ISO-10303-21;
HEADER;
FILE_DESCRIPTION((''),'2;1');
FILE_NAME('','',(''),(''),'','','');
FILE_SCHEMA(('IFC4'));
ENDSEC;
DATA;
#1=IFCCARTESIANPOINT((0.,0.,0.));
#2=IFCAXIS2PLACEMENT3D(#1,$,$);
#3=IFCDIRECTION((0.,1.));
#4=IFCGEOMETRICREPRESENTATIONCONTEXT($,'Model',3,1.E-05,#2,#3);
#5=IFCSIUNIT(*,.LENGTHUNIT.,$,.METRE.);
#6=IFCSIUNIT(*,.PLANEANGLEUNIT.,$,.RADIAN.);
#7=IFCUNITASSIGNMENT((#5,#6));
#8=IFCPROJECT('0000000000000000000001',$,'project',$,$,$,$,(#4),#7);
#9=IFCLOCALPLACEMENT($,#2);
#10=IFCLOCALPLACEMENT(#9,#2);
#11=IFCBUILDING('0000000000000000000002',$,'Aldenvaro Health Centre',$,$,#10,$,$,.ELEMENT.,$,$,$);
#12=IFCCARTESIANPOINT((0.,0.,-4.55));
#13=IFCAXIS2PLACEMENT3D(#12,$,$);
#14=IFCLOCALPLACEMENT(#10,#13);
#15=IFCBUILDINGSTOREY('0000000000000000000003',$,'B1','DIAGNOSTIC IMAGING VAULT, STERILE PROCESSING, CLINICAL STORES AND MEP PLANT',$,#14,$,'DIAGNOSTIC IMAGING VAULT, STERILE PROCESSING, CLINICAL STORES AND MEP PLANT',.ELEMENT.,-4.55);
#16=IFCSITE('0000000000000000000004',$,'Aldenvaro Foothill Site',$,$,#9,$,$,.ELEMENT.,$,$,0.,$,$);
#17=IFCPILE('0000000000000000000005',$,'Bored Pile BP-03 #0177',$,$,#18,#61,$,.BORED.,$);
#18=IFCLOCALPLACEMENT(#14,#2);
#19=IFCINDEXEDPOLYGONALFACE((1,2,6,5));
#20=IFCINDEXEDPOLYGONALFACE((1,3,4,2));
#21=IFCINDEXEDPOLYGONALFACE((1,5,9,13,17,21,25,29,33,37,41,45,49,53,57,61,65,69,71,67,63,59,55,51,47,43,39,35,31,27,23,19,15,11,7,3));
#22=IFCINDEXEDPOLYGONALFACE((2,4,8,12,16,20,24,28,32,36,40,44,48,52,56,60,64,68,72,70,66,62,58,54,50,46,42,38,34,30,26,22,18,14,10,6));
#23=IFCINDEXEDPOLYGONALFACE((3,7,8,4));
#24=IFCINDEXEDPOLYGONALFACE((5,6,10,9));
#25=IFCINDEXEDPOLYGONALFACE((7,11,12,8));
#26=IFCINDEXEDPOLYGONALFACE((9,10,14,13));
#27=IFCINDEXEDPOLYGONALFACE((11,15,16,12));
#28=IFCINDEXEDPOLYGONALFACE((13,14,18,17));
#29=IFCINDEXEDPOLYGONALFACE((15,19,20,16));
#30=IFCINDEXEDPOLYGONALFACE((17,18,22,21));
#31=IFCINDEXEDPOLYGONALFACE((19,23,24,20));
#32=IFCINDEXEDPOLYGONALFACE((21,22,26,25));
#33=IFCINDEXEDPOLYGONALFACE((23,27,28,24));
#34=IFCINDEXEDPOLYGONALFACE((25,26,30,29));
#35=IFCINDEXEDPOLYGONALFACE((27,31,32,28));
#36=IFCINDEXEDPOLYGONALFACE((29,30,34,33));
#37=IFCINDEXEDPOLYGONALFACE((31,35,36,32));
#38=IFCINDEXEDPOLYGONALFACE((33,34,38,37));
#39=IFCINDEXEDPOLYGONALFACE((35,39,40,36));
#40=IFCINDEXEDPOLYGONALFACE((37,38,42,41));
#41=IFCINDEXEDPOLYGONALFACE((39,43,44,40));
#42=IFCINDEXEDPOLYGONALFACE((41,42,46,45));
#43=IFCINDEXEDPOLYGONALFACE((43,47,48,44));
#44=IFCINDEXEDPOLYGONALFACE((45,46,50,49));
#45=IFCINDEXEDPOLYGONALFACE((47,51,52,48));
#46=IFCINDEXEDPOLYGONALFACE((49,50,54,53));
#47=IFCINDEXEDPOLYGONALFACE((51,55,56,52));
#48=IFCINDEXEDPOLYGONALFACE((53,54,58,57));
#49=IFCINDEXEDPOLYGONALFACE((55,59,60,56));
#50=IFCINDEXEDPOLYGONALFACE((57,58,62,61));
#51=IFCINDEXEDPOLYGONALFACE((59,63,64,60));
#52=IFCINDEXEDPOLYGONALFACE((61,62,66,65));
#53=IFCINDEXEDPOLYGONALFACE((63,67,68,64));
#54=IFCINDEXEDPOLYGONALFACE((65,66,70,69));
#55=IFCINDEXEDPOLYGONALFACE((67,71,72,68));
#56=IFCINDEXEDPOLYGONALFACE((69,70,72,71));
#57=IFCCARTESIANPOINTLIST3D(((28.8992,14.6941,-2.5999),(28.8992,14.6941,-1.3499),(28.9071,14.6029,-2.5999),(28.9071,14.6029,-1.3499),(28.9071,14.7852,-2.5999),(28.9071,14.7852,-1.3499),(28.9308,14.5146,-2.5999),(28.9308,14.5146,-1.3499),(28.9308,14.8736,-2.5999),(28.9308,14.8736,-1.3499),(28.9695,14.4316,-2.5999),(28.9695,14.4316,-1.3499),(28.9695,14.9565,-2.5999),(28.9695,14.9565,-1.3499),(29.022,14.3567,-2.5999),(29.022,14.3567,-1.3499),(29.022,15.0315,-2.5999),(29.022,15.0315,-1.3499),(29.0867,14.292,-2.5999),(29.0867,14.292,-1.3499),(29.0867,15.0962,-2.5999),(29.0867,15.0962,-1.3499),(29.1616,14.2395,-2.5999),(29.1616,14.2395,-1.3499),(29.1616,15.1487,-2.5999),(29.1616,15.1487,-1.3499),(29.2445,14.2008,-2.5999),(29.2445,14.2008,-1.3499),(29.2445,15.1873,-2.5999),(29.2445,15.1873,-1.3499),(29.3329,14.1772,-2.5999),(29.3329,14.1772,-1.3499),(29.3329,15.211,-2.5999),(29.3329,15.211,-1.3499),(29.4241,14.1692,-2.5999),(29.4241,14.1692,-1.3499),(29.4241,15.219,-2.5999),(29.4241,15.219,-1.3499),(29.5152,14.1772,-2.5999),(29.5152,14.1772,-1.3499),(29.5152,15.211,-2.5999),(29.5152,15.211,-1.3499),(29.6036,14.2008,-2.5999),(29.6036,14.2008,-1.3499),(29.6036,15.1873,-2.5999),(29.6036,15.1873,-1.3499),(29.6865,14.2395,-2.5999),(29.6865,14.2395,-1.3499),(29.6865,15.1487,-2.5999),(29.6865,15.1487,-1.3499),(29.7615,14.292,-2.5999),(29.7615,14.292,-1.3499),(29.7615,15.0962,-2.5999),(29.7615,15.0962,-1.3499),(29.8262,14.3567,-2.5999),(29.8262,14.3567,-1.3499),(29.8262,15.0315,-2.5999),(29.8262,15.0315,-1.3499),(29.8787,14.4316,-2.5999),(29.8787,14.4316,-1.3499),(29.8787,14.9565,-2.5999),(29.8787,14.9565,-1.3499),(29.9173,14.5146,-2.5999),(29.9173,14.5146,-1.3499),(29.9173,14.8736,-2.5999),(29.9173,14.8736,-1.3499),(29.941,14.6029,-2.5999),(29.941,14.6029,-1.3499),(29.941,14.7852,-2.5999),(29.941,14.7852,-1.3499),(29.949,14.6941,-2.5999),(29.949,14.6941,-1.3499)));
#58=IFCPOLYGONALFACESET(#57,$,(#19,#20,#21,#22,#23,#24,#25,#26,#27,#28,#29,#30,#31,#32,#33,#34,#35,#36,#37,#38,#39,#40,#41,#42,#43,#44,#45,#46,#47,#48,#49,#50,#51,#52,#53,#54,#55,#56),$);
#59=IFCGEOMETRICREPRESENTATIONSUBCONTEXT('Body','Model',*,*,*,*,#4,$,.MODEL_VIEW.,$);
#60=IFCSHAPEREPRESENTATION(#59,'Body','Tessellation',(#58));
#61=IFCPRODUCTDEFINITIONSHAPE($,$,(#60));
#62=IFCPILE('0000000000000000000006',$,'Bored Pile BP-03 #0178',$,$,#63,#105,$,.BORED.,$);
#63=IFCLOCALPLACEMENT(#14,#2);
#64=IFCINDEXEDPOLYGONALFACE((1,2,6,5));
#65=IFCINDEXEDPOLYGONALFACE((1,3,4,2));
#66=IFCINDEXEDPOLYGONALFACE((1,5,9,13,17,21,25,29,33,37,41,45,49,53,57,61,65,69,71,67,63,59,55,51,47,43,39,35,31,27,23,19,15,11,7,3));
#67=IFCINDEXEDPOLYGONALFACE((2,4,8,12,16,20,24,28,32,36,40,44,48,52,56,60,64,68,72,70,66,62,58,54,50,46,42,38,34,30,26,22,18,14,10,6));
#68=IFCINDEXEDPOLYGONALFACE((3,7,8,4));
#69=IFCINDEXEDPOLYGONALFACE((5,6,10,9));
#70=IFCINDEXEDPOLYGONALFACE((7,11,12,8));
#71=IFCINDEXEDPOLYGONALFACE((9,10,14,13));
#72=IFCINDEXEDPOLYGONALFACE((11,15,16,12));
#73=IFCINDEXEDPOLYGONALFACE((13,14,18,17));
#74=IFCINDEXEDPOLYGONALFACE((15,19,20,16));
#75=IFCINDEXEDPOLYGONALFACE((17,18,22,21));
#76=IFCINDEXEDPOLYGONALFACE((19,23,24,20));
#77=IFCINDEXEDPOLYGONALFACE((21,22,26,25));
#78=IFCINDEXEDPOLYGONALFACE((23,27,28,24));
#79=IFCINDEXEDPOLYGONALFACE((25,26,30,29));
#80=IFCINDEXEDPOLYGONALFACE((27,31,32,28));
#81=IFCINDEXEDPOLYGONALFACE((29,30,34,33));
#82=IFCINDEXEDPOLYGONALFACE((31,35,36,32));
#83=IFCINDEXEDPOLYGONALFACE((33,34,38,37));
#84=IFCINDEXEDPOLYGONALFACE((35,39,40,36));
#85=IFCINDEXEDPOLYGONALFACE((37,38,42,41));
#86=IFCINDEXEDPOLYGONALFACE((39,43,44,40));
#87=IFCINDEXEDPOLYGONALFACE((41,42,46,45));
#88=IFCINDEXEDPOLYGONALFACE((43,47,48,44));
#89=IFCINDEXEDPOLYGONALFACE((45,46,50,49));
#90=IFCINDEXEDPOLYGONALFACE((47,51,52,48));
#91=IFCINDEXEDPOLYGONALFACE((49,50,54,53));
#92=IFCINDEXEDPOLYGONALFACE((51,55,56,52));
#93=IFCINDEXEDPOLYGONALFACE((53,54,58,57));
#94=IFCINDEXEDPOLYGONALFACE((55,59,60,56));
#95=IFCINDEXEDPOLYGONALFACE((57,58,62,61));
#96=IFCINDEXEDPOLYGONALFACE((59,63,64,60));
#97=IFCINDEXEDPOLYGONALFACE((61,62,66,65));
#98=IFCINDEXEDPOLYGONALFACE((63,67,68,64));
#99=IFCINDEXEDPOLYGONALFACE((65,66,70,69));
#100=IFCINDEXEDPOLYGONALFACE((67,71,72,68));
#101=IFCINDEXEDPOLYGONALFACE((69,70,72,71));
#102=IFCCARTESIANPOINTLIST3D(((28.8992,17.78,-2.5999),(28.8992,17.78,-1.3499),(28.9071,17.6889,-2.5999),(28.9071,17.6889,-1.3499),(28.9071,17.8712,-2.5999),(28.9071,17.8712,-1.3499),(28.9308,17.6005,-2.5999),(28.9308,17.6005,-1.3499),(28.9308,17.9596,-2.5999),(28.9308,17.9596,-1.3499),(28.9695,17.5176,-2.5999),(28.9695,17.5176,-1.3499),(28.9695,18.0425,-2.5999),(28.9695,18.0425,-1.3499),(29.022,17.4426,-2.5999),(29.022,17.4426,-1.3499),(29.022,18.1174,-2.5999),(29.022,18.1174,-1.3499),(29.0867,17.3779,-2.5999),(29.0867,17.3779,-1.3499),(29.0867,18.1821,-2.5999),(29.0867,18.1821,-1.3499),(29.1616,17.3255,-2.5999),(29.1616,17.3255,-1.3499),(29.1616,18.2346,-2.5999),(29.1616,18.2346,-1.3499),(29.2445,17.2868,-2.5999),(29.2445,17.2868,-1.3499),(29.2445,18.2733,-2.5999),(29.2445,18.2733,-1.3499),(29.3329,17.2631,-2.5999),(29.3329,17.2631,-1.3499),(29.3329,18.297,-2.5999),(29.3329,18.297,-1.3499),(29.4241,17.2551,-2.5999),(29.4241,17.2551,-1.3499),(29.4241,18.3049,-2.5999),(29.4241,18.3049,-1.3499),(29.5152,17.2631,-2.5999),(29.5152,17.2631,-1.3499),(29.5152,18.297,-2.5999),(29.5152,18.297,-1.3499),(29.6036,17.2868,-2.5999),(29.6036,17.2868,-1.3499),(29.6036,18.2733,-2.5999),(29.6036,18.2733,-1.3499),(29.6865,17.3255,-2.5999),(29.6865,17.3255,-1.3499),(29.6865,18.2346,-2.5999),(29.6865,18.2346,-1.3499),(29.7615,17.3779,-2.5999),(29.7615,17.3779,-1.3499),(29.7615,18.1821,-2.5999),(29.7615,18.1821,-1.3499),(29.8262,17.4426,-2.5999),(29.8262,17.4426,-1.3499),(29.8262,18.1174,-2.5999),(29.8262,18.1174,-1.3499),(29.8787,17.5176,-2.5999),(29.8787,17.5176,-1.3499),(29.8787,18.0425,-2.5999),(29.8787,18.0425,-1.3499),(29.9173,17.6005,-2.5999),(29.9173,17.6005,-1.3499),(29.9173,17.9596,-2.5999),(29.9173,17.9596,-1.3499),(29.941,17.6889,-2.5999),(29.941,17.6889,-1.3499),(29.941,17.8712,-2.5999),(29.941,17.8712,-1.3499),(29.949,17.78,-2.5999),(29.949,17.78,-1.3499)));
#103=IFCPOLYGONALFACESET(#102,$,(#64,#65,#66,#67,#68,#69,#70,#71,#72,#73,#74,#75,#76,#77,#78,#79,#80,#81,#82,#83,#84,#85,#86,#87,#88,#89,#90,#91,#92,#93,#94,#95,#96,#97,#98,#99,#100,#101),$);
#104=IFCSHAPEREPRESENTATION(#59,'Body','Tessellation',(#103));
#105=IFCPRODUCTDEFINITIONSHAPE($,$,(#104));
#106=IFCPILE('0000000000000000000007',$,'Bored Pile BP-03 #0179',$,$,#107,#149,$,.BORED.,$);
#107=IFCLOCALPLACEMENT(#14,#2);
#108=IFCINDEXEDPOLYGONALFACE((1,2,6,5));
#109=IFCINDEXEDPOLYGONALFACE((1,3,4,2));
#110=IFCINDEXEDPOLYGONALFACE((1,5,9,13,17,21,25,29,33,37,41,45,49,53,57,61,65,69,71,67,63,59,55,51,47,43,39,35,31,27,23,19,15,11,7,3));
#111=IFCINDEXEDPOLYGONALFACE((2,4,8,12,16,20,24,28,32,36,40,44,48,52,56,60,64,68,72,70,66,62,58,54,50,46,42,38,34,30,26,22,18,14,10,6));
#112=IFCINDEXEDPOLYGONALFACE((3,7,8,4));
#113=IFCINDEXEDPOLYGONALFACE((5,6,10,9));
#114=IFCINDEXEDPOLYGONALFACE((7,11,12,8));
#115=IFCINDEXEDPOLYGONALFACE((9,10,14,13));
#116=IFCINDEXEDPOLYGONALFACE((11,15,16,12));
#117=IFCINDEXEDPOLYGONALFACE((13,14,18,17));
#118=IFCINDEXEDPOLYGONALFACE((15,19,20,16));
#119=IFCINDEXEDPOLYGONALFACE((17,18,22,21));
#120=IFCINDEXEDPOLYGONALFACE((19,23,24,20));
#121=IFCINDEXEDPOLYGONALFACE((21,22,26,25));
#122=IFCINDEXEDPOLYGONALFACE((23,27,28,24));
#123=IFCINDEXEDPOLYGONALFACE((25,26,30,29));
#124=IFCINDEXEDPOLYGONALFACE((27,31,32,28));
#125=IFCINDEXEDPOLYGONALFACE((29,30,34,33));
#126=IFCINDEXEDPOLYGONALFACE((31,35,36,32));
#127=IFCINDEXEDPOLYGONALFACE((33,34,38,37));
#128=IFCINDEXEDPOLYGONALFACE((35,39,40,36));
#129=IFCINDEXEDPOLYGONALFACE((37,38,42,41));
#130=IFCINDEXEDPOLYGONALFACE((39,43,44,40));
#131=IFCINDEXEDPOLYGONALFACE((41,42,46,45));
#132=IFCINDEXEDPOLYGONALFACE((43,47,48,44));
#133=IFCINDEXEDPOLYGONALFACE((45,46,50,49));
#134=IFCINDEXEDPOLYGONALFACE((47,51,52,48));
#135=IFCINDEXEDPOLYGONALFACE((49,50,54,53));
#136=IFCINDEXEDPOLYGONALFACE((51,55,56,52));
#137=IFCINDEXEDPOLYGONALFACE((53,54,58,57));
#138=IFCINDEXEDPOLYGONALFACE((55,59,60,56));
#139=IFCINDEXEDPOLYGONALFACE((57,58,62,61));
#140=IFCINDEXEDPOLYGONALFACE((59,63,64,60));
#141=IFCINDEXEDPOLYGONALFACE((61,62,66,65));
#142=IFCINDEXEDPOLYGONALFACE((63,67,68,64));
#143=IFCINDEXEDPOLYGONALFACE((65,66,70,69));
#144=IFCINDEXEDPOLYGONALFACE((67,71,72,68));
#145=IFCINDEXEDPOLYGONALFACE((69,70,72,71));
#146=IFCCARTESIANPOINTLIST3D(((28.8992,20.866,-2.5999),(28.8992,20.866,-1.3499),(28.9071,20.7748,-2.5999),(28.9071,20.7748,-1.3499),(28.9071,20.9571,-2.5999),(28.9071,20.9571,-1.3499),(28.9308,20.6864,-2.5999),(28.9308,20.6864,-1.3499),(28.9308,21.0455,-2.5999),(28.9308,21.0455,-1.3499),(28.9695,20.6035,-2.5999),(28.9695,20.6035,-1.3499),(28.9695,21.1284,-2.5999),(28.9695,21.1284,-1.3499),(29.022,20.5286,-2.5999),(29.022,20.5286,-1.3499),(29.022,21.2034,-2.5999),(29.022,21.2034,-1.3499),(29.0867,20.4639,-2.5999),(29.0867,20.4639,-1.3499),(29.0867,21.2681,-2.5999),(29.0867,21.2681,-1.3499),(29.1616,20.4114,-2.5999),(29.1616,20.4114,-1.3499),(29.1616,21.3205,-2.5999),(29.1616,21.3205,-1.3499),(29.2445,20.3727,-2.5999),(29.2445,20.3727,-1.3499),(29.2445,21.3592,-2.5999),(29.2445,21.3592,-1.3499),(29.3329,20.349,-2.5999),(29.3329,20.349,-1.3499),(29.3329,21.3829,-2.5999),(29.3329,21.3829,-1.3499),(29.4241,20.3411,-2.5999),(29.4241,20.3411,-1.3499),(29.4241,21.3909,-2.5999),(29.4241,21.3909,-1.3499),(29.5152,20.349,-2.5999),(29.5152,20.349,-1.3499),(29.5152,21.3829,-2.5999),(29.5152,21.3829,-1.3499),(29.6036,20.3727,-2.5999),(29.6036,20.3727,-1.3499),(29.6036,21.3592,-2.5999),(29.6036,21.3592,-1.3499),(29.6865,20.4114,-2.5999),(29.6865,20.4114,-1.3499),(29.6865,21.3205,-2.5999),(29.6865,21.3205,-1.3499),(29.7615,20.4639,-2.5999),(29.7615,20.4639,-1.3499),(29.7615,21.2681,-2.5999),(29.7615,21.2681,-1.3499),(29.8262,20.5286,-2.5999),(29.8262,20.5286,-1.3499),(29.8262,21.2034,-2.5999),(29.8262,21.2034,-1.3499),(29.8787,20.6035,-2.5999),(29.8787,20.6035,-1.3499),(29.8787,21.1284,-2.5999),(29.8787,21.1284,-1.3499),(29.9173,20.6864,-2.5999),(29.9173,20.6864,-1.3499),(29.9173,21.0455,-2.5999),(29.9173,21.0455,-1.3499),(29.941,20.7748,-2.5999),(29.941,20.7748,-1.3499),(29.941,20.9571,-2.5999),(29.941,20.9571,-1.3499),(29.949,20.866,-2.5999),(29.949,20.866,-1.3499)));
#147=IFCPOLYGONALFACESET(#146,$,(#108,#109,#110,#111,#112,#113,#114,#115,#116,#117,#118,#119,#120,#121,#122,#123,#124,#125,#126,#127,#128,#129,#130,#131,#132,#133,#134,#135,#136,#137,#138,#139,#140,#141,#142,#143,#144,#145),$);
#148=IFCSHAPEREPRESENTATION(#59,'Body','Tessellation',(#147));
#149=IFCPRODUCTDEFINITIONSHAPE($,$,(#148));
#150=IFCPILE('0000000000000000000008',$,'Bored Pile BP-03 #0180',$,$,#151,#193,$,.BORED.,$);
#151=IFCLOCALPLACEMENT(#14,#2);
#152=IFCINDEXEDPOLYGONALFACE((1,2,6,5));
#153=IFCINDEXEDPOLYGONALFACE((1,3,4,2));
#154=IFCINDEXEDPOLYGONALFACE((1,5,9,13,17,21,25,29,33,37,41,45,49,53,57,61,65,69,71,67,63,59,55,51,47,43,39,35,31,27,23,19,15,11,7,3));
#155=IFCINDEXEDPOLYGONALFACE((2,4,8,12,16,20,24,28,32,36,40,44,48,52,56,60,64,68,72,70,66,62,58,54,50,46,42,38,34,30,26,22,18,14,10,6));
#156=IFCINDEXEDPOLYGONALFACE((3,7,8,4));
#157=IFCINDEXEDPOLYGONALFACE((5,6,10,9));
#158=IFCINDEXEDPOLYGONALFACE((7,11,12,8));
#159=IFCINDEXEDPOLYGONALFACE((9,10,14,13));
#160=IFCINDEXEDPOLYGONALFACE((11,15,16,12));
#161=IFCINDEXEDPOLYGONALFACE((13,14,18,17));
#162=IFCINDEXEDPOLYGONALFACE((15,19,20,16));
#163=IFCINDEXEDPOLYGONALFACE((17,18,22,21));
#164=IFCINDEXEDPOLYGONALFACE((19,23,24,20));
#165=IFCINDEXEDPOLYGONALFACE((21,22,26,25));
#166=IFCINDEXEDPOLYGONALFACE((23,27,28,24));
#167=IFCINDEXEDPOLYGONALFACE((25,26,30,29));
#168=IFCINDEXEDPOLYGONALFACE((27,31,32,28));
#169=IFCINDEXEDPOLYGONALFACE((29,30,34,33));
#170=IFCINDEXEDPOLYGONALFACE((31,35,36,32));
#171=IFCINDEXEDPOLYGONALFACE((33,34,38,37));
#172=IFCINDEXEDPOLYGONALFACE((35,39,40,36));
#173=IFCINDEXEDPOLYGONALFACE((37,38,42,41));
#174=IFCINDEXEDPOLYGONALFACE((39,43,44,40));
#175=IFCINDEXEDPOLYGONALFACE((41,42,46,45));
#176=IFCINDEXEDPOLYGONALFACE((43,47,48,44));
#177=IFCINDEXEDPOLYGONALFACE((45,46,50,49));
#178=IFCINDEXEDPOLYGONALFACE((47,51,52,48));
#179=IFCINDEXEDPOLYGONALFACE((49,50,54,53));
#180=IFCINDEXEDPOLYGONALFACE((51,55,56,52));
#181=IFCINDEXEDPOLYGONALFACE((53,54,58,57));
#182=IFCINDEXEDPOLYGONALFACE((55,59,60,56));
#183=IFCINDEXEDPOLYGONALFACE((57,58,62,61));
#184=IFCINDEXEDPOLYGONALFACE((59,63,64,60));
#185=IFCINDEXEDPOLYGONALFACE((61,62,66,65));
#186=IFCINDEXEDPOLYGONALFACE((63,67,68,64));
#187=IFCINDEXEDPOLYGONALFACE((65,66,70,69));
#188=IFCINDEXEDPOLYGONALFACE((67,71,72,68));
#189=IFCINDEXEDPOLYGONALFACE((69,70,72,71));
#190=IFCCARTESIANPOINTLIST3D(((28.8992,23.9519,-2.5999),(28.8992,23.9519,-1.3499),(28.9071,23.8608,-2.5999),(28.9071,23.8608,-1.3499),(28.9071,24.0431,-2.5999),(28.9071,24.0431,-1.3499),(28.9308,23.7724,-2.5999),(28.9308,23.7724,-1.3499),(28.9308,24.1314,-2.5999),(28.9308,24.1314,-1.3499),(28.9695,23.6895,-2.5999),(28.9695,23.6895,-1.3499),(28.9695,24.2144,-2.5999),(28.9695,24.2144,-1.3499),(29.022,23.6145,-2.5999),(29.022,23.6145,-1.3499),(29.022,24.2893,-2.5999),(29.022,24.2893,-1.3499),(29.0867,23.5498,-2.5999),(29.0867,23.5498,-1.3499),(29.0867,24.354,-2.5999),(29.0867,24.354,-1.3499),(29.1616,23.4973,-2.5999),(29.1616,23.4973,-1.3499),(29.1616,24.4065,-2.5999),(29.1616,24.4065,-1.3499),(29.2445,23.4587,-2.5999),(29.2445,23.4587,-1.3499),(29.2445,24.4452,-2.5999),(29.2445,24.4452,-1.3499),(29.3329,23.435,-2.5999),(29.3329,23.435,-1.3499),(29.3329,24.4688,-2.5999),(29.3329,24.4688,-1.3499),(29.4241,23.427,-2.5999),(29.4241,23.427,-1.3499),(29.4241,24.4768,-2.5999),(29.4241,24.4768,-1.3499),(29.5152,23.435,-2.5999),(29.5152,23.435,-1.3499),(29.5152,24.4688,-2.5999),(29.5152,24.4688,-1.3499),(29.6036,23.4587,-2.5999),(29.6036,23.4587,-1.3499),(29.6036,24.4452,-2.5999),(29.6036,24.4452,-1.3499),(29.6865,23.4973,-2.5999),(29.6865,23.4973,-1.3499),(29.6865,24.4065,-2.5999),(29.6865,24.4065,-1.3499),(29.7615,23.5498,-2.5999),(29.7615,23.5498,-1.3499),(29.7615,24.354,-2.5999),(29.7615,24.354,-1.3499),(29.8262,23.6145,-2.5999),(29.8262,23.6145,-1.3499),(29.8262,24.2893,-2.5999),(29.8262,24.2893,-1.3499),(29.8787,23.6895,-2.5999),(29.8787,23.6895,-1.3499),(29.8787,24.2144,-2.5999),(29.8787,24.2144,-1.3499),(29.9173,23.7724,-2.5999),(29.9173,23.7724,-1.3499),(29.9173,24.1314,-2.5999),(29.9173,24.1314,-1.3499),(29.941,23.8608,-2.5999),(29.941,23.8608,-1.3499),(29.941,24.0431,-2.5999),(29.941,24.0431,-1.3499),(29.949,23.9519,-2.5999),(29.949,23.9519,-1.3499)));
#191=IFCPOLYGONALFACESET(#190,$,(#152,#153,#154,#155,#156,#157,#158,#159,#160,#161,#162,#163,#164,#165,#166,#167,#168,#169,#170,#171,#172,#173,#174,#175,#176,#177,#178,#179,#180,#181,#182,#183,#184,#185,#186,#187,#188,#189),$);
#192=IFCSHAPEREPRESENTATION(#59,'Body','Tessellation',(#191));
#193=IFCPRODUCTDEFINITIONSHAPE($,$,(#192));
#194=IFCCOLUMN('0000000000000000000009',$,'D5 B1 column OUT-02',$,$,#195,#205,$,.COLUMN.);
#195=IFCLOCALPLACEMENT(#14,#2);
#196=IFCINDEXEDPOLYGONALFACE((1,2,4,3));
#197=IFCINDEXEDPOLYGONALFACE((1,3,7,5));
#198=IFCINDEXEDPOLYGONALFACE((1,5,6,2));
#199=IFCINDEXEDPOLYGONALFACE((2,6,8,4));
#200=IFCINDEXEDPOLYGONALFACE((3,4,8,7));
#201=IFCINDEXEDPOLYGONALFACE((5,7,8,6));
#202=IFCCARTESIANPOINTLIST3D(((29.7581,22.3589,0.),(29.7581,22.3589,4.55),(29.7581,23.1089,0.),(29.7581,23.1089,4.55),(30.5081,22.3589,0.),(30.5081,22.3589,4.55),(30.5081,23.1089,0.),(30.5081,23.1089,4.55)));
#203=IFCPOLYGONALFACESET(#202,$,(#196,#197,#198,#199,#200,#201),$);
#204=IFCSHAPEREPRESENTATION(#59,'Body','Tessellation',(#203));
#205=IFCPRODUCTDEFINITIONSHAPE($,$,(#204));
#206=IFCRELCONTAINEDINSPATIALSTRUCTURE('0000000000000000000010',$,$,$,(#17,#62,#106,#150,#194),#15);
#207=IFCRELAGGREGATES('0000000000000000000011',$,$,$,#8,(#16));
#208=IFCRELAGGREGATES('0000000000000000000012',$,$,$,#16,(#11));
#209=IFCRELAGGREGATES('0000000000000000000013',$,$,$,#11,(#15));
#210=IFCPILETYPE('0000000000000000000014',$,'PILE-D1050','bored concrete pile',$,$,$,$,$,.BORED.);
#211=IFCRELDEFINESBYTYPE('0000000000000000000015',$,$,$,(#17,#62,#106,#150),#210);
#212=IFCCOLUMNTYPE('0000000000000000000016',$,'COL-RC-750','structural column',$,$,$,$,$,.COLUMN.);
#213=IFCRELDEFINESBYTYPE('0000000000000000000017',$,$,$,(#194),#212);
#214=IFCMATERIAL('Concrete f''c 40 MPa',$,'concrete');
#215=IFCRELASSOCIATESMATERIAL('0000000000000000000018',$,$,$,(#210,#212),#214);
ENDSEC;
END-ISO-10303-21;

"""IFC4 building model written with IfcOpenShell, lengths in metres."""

from ifc_helpers import new_model, si_unit, direction, frame, origin, origin_2d, place, context, subcontext, project, spatial, rectangle, circle, extrude, material, material_profile, profile_set, type_object, element, save


model = new_model("IFC4")

# Units and contexts
model_context = context("Model", 3, precision=1e-05, world=origin(), true_north=direction((0.0, 1.0)))
body_context = subcontext(model_context, "Body", "Model", "MODEL_VIEW")
ifc_project = project(units=[si_unit("LENGTHUNIT", "METRE"), si_unit("PLANEANGLEUNIT", "RADIAN")], contexts=[model_context])

# Site, building, storey
site_placement = place(None, origin())
site = spatial("IfcSite", under=ifc_project, at=site_placement, Name="Aldenvaro Foothill Site", CompositionType="ELEMENT", RefElevation=0.0)
building_placement = place(site_placement, origin())
building = spatial("IfcBuilding", under=site, at=building_placement, Name="Aldenvaro Health Centre", CompositionType="ELEMENT")
storey_placement = place(building_placement, frame((0.0, 0.0, -4.55)))
storey = spatial("IfcBuildingStorey", under=building, at=storey_placement, Name="B1", Description="DIAGNOSTIC IMAGING VAULT, STERILE PROCESSING, CLINICAL STORES AND MEP PLANT", LongName="DIAGNOSTIC IMAGING VAULT, STERILE PROCESSING, CLINICAL STORES AND MEP PLANT", CompositionType="ELEMENT", Elevation=-4.55)

# Piles
ifc_material_1 = material(Name="Concrete f'c 40 MPa", Category="concrete")
ifc_material_profile_1 = material_profile(ifc_material_1, circle(Radius=0.5249, at=origin_2d()), Name="PILE D1050", Category="concrete")
ifc_profile_set_1 = profile_set([ifc_material_profile_1], Name="Concrete f'c 40 MPa")
pile_type = type_object("IfcPileType", Name="PILE-D1050", Description="bored concrete pile", PredefinedType="BORED", material=ifc_profile_set_1)
for number, where, z_axis, x_axis, name in (
    (1, (29.4241, 14.6941, -1.3499), (0.0, 0.0, -1.0), (1.0, 0.0, 0.0), "Bored Pile BP-03 #0177"),
    (2, (29.4241, 17.78, -1.3499), (0.0, 0.0, -1.0), (1.0, 0.0, 0.0), "Bored Pile BP-03 #0178"),
    (3, (29.4241, 20.866, -1.3499), (0.0, 0.0, -1.0), (1.0, 0.0, 0.0), "Bored Pile BP-03 #0179"),
    (4, (29.4241, 23.9519, -1.3499), (0.0, 0.0, -1.0), (1.0, 0.0, 0.0), "Bored Pile BP-03 #0180"),
):
    element("IfcPile", number, at=place(storey_placement, frame(where, z_axis=z_axis, x_axis=x_axis)), inside=storey, type_object=pile_type, Name=name, PredefinedType="BORED", context=body_context, shape_type="SweptSolid", body=[
        extrude(circle(Radius=0.5249, at=origin_2d()), origin(), (0.0, 0.0, 1.0), 1.25),
    ])

# Column
ifc_material_profile_2 = material_profile(ifc_material_1, rectangle(XDim=0.75, YDim=0.75, at=origin_2d()), Name="RC 750x750", Category="concrete")
ifc_profile_set_2 = profile_set([ifc_material_profile_2], Name="Concrete f'c 40 MPa")
column_type = type_object("IfcColumnType", Name="COL-RC-750", Description="structural column", PredefinedType="COLUMN", material=ifc_profile_set_2)
for number, where, z_axis, x_axis, name in (
    (5, (30.1331, 22.7339, 0.0), (0.0, 0.0, 1.0), (1.0, 0.0, 0.0), "D5 B1 column OUT-02"),
):
    element("IfcColumn", number, at=place(storey_placement, frame(where, z_axis=z_axis, x_axis=x_axis)), inside=storey, type_object=column_type, Name=name, PredefinedType="COLUMN", context=body_context, shape_type="SweptSolid", body=[
        extrude(rectangle(XDim=0.75, YDim=0.75, at=origin_2d()), origin(), (0.0, 0.0, 1.0), 4.55),
    ])

save(model, "model.ifc")
